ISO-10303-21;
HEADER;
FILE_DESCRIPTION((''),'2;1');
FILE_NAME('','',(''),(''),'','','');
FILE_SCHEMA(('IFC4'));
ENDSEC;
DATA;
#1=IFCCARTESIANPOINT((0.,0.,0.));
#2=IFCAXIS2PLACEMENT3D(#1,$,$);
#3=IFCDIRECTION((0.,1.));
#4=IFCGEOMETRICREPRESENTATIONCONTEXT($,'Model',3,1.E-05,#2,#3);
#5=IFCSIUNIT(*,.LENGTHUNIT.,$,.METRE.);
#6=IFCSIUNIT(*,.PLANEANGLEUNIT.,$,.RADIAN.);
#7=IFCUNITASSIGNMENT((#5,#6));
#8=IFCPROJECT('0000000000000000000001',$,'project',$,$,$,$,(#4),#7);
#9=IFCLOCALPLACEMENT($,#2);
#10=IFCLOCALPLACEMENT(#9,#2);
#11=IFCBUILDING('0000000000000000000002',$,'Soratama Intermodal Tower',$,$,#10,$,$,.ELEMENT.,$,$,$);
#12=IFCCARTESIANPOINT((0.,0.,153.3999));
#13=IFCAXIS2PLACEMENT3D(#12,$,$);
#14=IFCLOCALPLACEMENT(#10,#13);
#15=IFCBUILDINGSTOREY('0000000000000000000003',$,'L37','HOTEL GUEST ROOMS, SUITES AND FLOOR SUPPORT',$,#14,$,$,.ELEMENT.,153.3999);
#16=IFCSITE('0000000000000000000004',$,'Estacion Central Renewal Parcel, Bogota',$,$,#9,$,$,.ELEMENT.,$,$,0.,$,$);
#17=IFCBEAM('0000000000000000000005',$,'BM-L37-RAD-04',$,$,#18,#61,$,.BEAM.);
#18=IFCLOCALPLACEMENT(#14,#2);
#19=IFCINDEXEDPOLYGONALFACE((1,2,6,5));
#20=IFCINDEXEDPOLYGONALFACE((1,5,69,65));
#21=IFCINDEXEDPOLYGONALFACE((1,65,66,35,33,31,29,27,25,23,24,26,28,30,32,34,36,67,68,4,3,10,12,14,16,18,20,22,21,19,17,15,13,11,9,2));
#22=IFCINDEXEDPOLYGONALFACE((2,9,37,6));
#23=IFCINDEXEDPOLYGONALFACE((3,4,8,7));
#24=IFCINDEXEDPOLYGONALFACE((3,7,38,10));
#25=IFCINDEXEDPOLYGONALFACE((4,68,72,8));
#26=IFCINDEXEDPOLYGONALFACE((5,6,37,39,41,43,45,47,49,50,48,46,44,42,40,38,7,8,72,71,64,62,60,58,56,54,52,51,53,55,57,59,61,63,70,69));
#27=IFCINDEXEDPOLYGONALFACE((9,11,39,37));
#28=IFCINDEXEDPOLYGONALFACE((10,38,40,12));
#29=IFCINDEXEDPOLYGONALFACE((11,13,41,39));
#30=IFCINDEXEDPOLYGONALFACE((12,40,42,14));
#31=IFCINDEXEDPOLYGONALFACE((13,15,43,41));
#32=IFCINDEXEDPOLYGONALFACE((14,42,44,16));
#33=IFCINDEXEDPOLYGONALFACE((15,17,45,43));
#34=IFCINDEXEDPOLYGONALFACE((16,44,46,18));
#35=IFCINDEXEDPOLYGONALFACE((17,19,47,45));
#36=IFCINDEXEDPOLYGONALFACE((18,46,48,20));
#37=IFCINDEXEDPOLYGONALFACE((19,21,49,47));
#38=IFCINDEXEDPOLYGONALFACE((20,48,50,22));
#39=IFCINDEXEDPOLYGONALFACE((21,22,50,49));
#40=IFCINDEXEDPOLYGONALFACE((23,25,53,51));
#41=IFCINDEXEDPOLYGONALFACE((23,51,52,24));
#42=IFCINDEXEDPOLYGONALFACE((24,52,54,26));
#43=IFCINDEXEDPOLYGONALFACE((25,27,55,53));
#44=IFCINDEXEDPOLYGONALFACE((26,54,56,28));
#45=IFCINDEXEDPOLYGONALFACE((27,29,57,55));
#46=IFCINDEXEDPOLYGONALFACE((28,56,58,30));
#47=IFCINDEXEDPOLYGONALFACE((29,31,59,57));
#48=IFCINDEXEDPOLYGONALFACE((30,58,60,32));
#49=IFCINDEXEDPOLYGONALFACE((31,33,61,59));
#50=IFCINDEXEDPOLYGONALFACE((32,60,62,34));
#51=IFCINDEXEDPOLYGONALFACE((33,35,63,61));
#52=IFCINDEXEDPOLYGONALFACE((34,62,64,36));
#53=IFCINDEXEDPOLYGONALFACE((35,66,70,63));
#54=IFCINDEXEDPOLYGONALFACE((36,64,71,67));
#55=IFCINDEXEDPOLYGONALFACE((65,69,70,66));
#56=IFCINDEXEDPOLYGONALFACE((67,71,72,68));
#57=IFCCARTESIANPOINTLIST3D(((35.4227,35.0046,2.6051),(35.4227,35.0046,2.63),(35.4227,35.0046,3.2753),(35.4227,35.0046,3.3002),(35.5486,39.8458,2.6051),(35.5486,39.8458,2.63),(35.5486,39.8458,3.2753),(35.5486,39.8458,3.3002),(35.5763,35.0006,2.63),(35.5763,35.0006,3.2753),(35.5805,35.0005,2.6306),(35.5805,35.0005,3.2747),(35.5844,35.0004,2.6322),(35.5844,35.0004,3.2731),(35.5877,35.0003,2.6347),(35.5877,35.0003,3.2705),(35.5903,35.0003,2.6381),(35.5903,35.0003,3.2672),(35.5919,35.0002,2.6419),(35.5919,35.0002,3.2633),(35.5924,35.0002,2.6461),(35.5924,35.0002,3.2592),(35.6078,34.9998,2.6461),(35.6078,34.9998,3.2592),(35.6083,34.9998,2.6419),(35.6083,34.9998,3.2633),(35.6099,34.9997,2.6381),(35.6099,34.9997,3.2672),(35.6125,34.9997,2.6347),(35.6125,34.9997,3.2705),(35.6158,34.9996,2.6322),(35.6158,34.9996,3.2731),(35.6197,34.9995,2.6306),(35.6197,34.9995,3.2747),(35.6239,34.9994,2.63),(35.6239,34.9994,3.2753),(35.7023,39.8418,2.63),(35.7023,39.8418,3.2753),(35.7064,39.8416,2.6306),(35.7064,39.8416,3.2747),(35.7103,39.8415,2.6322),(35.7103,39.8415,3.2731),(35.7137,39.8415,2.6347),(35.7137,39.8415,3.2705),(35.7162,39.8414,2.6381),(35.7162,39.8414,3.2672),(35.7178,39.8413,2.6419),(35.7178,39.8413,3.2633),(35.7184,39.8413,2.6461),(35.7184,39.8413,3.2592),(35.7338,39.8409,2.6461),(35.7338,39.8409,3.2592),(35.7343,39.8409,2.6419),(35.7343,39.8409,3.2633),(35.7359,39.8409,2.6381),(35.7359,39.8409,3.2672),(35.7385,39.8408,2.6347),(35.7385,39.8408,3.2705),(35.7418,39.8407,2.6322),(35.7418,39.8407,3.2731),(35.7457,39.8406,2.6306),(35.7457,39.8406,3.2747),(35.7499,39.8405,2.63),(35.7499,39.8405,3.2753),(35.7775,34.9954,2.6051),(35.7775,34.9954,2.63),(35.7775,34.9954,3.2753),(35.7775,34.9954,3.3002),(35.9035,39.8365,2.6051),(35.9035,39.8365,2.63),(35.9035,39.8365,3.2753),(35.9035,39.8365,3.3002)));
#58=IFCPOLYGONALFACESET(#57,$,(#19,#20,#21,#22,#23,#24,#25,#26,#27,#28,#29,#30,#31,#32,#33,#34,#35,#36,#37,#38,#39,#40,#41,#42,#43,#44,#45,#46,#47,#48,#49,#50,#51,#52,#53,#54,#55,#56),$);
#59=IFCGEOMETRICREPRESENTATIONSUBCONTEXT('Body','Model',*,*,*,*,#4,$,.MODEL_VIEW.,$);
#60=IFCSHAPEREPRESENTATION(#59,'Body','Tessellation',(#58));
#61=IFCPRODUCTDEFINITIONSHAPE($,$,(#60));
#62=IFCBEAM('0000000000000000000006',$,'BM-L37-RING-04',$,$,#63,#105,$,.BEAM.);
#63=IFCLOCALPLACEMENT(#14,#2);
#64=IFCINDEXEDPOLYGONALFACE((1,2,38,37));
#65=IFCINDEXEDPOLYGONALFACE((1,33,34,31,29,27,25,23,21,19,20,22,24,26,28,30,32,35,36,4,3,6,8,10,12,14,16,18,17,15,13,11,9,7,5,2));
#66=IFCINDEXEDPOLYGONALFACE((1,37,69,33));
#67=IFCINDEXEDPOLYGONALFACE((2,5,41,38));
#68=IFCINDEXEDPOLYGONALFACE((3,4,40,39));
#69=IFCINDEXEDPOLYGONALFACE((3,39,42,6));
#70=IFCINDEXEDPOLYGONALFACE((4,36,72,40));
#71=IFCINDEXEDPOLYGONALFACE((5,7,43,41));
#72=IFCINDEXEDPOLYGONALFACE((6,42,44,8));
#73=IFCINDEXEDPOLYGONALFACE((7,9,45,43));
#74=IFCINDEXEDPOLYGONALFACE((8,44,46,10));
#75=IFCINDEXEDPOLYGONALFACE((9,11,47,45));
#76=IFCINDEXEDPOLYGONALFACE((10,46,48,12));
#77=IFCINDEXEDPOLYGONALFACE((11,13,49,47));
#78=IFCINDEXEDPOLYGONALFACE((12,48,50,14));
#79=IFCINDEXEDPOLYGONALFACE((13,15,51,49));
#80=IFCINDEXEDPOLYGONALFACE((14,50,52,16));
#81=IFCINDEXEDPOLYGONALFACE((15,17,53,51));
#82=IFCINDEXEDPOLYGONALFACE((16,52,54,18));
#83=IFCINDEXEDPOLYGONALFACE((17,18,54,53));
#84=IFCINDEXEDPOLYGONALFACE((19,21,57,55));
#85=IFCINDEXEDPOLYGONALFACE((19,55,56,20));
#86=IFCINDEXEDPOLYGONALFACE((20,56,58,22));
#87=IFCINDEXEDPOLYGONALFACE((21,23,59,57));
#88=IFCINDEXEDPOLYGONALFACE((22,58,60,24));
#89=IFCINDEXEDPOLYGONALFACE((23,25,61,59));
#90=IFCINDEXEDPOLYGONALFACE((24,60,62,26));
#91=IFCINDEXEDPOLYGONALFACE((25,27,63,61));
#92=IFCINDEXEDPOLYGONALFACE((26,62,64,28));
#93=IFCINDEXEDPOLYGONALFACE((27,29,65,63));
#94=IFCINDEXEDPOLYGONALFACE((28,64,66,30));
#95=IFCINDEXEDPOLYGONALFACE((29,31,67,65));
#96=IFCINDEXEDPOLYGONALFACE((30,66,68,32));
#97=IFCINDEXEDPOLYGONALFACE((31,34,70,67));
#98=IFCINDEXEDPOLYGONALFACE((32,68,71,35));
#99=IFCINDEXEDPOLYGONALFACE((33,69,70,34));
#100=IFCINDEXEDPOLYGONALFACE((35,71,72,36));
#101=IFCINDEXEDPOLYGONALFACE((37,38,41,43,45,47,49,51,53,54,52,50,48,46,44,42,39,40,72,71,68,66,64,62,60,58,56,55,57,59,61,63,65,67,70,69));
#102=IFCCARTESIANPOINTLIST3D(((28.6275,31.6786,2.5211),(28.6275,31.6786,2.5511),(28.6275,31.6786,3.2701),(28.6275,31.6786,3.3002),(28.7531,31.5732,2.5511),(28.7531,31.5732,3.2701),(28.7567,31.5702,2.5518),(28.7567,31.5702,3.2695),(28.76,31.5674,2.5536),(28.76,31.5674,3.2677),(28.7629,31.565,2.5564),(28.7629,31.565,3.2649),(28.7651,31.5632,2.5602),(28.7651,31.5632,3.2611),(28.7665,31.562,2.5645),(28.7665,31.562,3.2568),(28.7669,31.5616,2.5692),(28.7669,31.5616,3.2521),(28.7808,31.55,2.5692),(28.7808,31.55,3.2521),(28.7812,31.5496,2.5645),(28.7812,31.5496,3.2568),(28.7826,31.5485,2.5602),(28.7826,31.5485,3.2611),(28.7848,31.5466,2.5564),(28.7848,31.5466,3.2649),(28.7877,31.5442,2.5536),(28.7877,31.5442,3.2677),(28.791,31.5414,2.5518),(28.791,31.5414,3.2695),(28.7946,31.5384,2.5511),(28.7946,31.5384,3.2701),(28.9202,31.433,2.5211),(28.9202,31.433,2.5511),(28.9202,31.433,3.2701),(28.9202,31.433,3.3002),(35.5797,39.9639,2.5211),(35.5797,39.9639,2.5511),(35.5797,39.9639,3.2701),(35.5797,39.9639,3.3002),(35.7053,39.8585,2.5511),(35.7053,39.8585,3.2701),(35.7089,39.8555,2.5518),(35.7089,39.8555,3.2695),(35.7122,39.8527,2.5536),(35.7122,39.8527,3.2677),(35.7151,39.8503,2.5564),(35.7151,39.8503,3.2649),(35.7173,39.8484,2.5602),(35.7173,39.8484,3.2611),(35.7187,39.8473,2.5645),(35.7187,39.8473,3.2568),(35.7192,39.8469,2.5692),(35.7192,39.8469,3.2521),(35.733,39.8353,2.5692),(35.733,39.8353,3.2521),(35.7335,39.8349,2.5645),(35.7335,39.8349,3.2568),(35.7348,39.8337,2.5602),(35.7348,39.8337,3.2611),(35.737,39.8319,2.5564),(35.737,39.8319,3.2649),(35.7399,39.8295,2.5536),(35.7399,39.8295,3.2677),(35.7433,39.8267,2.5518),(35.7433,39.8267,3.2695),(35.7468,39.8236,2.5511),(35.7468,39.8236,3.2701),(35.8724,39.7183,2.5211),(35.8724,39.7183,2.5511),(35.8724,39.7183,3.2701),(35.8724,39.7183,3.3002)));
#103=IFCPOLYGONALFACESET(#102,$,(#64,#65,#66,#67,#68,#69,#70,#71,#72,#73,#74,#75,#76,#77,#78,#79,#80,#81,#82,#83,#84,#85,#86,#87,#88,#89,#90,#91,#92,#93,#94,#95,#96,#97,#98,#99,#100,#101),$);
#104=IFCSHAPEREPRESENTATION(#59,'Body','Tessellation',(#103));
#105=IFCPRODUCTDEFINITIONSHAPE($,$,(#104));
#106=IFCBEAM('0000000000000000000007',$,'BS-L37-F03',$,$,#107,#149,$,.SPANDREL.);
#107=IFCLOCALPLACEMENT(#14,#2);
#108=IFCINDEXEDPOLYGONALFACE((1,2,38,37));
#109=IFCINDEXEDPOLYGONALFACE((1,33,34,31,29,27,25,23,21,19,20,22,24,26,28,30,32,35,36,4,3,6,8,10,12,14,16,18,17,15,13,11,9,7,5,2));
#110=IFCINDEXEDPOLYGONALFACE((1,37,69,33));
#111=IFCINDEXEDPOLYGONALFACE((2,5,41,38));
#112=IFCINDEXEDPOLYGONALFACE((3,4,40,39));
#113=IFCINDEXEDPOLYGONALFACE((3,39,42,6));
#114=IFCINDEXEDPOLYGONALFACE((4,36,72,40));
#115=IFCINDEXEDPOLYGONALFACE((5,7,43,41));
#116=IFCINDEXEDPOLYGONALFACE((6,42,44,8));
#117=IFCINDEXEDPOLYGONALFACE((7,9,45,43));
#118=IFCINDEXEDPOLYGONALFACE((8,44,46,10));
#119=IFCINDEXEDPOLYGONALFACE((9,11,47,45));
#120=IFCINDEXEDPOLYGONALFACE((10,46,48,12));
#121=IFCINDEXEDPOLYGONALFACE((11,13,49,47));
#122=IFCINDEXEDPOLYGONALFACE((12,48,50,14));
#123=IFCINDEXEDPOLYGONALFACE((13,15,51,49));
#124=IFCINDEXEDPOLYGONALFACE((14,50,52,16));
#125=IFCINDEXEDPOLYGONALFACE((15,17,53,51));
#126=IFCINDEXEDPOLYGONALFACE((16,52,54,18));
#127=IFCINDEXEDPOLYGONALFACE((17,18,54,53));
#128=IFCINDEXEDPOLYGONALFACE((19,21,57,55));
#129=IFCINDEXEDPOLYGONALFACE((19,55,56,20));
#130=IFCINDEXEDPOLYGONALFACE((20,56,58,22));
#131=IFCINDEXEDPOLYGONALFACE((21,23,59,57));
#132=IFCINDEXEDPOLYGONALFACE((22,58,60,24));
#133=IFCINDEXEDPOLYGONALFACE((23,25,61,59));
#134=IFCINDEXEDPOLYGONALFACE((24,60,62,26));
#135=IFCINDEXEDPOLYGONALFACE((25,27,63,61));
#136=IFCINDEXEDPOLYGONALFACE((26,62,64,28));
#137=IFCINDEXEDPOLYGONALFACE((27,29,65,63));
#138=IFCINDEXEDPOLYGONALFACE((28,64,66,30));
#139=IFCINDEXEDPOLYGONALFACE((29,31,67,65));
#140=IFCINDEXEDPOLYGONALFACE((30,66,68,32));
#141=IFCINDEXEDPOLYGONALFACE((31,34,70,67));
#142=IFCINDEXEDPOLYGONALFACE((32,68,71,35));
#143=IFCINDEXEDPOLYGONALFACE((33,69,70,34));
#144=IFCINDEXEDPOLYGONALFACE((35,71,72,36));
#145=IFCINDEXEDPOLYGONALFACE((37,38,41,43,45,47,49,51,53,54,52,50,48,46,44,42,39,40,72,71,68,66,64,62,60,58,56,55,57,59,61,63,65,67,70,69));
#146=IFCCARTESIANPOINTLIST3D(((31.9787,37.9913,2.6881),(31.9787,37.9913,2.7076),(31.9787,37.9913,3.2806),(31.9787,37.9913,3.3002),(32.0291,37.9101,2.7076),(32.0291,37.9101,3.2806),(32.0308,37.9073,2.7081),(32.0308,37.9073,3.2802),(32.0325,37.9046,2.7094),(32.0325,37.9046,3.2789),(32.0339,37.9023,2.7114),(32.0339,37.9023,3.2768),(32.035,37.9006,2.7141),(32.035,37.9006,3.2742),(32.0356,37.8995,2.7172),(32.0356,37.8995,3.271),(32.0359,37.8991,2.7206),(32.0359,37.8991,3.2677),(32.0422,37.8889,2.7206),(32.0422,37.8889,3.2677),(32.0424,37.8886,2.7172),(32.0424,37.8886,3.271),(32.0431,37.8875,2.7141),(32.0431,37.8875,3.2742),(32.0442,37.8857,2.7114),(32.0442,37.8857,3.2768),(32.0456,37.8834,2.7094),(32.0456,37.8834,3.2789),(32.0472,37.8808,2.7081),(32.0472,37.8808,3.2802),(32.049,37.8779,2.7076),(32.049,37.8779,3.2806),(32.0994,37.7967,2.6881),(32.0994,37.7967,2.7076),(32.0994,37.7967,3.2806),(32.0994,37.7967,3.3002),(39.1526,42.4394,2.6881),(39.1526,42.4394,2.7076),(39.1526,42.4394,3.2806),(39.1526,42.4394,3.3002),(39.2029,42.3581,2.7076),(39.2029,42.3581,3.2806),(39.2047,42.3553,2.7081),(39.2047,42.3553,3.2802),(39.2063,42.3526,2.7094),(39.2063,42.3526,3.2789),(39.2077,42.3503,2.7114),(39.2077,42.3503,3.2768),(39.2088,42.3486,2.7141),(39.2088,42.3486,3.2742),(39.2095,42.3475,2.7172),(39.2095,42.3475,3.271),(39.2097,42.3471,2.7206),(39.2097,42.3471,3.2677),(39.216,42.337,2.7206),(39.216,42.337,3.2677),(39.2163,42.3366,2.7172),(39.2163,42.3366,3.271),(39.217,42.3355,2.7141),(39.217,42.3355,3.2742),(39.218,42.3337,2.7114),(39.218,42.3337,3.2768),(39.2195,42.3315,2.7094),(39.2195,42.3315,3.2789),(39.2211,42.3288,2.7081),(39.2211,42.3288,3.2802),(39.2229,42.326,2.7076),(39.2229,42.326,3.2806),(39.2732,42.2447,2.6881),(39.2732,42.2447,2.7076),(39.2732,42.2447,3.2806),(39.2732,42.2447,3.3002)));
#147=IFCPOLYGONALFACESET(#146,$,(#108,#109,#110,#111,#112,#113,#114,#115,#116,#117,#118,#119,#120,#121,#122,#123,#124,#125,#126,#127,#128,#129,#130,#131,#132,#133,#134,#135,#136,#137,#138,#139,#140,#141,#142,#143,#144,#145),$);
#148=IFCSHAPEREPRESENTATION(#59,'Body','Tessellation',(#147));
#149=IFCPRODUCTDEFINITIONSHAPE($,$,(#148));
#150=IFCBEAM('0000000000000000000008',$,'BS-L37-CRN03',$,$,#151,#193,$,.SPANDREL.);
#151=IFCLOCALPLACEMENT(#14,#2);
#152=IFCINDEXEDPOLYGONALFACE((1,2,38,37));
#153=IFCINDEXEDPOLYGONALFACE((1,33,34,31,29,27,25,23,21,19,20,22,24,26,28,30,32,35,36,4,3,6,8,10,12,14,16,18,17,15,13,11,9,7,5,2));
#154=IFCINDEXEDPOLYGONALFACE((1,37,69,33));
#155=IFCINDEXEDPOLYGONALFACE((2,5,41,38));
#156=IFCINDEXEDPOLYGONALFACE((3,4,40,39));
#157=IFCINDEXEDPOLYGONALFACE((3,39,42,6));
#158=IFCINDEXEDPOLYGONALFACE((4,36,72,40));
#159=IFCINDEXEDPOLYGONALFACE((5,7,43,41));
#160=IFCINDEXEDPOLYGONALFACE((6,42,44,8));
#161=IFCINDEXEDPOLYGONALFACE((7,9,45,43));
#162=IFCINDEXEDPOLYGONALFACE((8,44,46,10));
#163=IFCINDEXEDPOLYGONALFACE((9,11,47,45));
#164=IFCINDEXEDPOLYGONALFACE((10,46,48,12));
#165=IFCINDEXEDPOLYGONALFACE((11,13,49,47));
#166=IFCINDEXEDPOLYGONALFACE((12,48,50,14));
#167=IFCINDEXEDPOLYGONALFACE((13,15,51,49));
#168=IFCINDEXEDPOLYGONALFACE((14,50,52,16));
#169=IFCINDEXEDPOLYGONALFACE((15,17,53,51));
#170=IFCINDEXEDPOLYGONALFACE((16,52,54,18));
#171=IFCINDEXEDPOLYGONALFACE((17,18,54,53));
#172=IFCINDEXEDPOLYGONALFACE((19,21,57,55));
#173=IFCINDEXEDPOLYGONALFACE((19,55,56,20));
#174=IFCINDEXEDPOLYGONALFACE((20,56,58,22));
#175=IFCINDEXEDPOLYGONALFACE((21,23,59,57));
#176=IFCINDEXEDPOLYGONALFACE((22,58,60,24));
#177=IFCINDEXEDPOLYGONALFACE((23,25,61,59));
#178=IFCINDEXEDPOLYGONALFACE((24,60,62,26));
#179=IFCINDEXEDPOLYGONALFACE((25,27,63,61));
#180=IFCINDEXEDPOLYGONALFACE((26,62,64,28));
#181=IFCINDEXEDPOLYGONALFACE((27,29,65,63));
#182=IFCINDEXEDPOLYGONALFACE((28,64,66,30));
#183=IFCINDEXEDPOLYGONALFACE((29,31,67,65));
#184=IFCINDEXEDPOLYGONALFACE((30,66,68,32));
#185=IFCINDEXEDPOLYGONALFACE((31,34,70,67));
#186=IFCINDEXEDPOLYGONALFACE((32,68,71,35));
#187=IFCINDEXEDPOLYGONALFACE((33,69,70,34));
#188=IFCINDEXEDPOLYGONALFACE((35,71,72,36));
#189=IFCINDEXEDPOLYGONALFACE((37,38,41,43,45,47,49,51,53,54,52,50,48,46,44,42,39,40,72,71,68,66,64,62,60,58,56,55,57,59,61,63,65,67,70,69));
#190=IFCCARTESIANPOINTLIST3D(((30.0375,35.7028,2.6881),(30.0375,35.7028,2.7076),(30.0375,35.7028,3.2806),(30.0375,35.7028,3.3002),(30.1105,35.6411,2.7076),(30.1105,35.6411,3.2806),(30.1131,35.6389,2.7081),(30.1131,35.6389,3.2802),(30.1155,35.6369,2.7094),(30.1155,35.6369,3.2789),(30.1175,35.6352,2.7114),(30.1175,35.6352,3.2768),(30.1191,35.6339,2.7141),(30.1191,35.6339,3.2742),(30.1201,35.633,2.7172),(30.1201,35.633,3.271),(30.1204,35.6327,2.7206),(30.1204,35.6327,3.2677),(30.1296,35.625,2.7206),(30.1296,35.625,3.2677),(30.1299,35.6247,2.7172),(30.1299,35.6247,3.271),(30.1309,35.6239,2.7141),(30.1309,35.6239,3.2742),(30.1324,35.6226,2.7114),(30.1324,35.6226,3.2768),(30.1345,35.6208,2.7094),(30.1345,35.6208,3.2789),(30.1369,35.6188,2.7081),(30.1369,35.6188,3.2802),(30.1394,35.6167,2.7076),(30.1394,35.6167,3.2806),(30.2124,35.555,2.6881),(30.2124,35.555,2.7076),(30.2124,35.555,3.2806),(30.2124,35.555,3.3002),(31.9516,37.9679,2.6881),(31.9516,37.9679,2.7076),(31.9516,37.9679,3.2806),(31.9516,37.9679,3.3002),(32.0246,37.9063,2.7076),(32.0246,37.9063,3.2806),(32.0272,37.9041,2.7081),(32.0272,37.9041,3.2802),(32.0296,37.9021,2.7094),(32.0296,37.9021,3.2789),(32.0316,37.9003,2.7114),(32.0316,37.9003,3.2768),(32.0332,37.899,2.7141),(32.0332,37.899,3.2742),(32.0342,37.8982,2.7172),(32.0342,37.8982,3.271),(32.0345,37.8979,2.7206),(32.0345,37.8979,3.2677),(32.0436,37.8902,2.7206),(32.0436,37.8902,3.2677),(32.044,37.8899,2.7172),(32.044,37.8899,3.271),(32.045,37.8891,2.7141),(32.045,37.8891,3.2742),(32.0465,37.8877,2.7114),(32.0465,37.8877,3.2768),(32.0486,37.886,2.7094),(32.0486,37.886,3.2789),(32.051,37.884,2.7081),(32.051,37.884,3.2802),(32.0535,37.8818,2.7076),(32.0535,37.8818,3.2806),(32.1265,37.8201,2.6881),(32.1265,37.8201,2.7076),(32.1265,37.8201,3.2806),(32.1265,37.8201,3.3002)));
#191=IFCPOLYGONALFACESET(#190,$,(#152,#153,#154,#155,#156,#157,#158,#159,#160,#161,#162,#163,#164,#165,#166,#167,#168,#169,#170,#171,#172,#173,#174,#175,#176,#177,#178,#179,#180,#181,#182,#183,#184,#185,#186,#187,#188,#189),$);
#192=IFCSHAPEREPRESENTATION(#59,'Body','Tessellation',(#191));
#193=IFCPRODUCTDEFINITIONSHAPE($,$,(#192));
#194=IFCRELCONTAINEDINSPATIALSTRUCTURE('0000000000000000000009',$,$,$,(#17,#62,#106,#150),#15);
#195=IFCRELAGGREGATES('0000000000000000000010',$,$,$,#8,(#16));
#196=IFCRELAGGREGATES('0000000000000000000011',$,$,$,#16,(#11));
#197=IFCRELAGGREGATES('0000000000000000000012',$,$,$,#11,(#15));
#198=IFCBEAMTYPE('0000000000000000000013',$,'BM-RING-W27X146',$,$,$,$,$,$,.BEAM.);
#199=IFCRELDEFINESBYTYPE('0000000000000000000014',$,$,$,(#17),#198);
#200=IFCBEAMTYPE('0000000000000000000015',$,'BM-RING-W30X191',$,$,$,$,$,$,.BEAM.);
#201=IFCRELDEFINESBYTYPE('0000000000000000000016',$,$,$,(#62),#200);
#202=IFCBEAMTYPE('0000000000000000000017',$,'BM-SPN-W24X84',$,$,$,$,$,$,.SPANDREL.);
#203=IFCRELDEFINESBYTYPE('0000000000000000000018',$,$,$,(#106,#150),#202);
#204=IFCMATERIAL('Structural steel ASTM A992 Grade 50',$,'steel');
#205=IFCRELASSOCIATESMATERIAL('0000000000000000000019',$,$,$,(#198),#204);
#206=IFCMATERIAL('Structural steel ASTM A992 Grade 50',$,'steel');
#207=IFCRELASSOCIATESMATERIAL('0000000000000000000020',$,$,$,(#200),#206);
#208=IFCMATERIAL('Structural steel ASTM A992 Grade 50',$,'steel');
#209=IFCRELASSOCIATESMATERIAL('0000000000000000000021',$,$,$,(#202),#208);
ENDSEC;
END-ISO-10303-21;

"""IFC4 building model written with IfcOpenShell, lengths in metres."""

from ifc_helpers import new_model, si_unit, direction, frame, origin, origin_2d, place, context, subcontext, project, spatial, i_section, extrude, material, material_profile, profile_set, type_object, element, save


model = new_model("IFC4")

# Units and contexts
model_context = context("Model", 3, precision=1e-05, world=origin(), true_north=direction((0.0, 1.0)))
body_context = subcontext(model_context, "Body", "Model", "MODEL_VIEW")
ifc_project = project(units=[si_unit("LENGTHUNIT", "METRE"), si_unit("PLANEANGLEUNIT", "RADIAN")], contexts=[model_context])

# Site, building, storey
site_placement = place(None, origin())
site = spatial("IfcSite", under=ifc_project, at=site_placement, Name="Estacion Central Renewal Parcel, Bogota", CompositionType="ELEMENT", RefElevation=0.0)
building_placement = place(site_placement, origin())
building = spatial("IfcBuilding", under=site, at=building_placement, Name="Soratama Intermodal Tower", CompositionType="ELEMENT")
storey_placement = place(building_placement, frame((0.0, 0.0, 153.3999)))
storey = spatial("IfcBuildingStorey", under=building, at=storey_placement, Name="L37", Description="HOTEL GUEST ROOMS, SUITES AND FLOOR SUPPORT", CompositionType="ELEMENT", Elevation=153.3999)

# Beams
ifc_material_1 = material(Name="Structural steel ASTM A992 Grade 50", Category="steel")
ifc_material_profile_1 = material_profile(ifc_material_1, i_section(OverallWidth=0.355, OverallDepth=0.6951, WebThickness=0.0154, FlangeThickness=0.0249, FilletRadius=0.0161, at=origin_2d()), Name="W27X146")
ifc_profile_set_1 = profile_set([ifc_material_profile_1], Name="Structural steel ASTM A992 Grade 50")
beam_type_1 = type_object("IfcBeamType", Name="BM-RING-W27X146", PredefinedType="BEAM", material=ifc_profile_set_1)
beam_1_placement = place(storey_placement, frame((35.6001, 35.0, 2.9526), z_axis=(0.026014, 0.999662, 0.0), x_axis=(-0.999662, 0.026014, 0.0)))
element("IfcBeam", 1, at=beam_1_placement, inside=storey, type_object=beam_type_1, Name="BM-L37-RAD-04", PredefinedType="BEAM", context=body_context, shape_type="SweptSolid", body=[
    extrude(i_section(OverallWidth=0.355, OverallDepth=0.6951, WebThickness=0.0154, FlangeThickness=0.0249, FilletRadius=0.0161, at=origin_2d()), origin(), (0.0, 0.0, 1.0), 4.8428),
])
ifc_material_2 = material(Name="Structural steel ASTM A992 Grade 50", Category="steel")
ifc_material_profile_2 = material_profile(ifc_material_2, i_section(OverallWidth=0.3821, OverallDepth=0.7791, WebThickness=0.0181, FlangeThickness=0.03, FilletRadius=0.0181, at=origin_2d()), Name="W30X191")
ifc_profile_set_2 = profile_set([ifc_material_profile_2], Name="Structural steel ASTM A992 Grade 50")
beam_type_2 = type_object("IfcBeamType", Name="BM-RING-W30X191", PredefinedType="BEAM", material=ifc_profile_set_2)
beam_2_placement = place(storey_placement, frame((35.7261, 39.8411, 2.9106), z_axis=(-0.642792, -0.766041, 0.0), x_axis=(0.766041, -0.642792, 0.0)))
element("IfcBeam", 2, at=beam_2_placement, inside=storey, type_object=beam_type_2, Name="BM-L37-RING-04", PredefinedType="BEAM", context=body_context, shape_type="SweptSolid", body=[
    extrude(i_section(OverallWidth=0.3821, OverallDepth=0.7791, WebThickness=0.0181, FlangeThickness=0.03, FilletRadius=0.0181, at=origin_2d()), origin(), (0.0, 0.0, 1.0), 10.8157),
])
ifc_material_3 = material(Name="Structural steel ASTM A992 Grade 50", Category="steel")
ifc_material_profile_3 = material_profile(ifc_material_3, i_section(OverallWidth=0.229, OverallDepth=0.6121, WebThickness=0.012, FlangeThickness=0.0195, FilletRadius=0.0129, at=origin_2d()), Name="W24X84")
ifc_profile_set_3 = profile_set([ifc_material_profile_3], Name="Structural steel ASTM A992 Grade 50")
beam_type_3 = type_object("IfcBeamType", Name="BM-SPN-W24X84", PredefinedType="SPANDREL", material=ifc_profile_set_3)
beam_3_placement = place(storey_placement, frame((39.2129, 42.342, 2.9941), z_axis=(-0.849891, -0.526959, 0.0), x_axis=(0.526959, -0.849891, 0.0)))
element("IfcBeam", 3, at=beam_3_placement, inside=storey, type_object=beam_type_3, Name="BS-L37-F03", PredefinedType="SPANDREL", context=body_context, shape_type="SweptSolid", body=[
    extrude(i_section(OverallWidth=0.229, OverallDepth=0.6121, WebThickness=0.012, FlangeThickness=0.0195, FilletRadius=0.0129, at=origin_2d()), origin(), (0.0, 0.0, 1.0), 8.4409),
])
beam_4_placement = place(storey_placement, frame((32.0391, 37.894, 2.9941), z_axis=(-0.645433, -0.763817, 0.0), x_axis=(0.763817, -0.645433, 0.0)))
element("IfcBeam", 4, at=beam_4_placement, inside=storey, type_object=beam_type_3, Name="BS-L37-CRN03", PredefinedType="SPANDREL", context=body_context, shape_type="SweptSolid", body=[
    extrude(i_section(OverallWidth=0.229, OverallDepth=0.6121, WebThickness=0.012, FlangeThickness=0.0195, FilletRadius=0.0129, at=origin_2d()), origin(), (0.0, 0.0, 1.0), 2.9656),
])

save(model, "model.ifc")
